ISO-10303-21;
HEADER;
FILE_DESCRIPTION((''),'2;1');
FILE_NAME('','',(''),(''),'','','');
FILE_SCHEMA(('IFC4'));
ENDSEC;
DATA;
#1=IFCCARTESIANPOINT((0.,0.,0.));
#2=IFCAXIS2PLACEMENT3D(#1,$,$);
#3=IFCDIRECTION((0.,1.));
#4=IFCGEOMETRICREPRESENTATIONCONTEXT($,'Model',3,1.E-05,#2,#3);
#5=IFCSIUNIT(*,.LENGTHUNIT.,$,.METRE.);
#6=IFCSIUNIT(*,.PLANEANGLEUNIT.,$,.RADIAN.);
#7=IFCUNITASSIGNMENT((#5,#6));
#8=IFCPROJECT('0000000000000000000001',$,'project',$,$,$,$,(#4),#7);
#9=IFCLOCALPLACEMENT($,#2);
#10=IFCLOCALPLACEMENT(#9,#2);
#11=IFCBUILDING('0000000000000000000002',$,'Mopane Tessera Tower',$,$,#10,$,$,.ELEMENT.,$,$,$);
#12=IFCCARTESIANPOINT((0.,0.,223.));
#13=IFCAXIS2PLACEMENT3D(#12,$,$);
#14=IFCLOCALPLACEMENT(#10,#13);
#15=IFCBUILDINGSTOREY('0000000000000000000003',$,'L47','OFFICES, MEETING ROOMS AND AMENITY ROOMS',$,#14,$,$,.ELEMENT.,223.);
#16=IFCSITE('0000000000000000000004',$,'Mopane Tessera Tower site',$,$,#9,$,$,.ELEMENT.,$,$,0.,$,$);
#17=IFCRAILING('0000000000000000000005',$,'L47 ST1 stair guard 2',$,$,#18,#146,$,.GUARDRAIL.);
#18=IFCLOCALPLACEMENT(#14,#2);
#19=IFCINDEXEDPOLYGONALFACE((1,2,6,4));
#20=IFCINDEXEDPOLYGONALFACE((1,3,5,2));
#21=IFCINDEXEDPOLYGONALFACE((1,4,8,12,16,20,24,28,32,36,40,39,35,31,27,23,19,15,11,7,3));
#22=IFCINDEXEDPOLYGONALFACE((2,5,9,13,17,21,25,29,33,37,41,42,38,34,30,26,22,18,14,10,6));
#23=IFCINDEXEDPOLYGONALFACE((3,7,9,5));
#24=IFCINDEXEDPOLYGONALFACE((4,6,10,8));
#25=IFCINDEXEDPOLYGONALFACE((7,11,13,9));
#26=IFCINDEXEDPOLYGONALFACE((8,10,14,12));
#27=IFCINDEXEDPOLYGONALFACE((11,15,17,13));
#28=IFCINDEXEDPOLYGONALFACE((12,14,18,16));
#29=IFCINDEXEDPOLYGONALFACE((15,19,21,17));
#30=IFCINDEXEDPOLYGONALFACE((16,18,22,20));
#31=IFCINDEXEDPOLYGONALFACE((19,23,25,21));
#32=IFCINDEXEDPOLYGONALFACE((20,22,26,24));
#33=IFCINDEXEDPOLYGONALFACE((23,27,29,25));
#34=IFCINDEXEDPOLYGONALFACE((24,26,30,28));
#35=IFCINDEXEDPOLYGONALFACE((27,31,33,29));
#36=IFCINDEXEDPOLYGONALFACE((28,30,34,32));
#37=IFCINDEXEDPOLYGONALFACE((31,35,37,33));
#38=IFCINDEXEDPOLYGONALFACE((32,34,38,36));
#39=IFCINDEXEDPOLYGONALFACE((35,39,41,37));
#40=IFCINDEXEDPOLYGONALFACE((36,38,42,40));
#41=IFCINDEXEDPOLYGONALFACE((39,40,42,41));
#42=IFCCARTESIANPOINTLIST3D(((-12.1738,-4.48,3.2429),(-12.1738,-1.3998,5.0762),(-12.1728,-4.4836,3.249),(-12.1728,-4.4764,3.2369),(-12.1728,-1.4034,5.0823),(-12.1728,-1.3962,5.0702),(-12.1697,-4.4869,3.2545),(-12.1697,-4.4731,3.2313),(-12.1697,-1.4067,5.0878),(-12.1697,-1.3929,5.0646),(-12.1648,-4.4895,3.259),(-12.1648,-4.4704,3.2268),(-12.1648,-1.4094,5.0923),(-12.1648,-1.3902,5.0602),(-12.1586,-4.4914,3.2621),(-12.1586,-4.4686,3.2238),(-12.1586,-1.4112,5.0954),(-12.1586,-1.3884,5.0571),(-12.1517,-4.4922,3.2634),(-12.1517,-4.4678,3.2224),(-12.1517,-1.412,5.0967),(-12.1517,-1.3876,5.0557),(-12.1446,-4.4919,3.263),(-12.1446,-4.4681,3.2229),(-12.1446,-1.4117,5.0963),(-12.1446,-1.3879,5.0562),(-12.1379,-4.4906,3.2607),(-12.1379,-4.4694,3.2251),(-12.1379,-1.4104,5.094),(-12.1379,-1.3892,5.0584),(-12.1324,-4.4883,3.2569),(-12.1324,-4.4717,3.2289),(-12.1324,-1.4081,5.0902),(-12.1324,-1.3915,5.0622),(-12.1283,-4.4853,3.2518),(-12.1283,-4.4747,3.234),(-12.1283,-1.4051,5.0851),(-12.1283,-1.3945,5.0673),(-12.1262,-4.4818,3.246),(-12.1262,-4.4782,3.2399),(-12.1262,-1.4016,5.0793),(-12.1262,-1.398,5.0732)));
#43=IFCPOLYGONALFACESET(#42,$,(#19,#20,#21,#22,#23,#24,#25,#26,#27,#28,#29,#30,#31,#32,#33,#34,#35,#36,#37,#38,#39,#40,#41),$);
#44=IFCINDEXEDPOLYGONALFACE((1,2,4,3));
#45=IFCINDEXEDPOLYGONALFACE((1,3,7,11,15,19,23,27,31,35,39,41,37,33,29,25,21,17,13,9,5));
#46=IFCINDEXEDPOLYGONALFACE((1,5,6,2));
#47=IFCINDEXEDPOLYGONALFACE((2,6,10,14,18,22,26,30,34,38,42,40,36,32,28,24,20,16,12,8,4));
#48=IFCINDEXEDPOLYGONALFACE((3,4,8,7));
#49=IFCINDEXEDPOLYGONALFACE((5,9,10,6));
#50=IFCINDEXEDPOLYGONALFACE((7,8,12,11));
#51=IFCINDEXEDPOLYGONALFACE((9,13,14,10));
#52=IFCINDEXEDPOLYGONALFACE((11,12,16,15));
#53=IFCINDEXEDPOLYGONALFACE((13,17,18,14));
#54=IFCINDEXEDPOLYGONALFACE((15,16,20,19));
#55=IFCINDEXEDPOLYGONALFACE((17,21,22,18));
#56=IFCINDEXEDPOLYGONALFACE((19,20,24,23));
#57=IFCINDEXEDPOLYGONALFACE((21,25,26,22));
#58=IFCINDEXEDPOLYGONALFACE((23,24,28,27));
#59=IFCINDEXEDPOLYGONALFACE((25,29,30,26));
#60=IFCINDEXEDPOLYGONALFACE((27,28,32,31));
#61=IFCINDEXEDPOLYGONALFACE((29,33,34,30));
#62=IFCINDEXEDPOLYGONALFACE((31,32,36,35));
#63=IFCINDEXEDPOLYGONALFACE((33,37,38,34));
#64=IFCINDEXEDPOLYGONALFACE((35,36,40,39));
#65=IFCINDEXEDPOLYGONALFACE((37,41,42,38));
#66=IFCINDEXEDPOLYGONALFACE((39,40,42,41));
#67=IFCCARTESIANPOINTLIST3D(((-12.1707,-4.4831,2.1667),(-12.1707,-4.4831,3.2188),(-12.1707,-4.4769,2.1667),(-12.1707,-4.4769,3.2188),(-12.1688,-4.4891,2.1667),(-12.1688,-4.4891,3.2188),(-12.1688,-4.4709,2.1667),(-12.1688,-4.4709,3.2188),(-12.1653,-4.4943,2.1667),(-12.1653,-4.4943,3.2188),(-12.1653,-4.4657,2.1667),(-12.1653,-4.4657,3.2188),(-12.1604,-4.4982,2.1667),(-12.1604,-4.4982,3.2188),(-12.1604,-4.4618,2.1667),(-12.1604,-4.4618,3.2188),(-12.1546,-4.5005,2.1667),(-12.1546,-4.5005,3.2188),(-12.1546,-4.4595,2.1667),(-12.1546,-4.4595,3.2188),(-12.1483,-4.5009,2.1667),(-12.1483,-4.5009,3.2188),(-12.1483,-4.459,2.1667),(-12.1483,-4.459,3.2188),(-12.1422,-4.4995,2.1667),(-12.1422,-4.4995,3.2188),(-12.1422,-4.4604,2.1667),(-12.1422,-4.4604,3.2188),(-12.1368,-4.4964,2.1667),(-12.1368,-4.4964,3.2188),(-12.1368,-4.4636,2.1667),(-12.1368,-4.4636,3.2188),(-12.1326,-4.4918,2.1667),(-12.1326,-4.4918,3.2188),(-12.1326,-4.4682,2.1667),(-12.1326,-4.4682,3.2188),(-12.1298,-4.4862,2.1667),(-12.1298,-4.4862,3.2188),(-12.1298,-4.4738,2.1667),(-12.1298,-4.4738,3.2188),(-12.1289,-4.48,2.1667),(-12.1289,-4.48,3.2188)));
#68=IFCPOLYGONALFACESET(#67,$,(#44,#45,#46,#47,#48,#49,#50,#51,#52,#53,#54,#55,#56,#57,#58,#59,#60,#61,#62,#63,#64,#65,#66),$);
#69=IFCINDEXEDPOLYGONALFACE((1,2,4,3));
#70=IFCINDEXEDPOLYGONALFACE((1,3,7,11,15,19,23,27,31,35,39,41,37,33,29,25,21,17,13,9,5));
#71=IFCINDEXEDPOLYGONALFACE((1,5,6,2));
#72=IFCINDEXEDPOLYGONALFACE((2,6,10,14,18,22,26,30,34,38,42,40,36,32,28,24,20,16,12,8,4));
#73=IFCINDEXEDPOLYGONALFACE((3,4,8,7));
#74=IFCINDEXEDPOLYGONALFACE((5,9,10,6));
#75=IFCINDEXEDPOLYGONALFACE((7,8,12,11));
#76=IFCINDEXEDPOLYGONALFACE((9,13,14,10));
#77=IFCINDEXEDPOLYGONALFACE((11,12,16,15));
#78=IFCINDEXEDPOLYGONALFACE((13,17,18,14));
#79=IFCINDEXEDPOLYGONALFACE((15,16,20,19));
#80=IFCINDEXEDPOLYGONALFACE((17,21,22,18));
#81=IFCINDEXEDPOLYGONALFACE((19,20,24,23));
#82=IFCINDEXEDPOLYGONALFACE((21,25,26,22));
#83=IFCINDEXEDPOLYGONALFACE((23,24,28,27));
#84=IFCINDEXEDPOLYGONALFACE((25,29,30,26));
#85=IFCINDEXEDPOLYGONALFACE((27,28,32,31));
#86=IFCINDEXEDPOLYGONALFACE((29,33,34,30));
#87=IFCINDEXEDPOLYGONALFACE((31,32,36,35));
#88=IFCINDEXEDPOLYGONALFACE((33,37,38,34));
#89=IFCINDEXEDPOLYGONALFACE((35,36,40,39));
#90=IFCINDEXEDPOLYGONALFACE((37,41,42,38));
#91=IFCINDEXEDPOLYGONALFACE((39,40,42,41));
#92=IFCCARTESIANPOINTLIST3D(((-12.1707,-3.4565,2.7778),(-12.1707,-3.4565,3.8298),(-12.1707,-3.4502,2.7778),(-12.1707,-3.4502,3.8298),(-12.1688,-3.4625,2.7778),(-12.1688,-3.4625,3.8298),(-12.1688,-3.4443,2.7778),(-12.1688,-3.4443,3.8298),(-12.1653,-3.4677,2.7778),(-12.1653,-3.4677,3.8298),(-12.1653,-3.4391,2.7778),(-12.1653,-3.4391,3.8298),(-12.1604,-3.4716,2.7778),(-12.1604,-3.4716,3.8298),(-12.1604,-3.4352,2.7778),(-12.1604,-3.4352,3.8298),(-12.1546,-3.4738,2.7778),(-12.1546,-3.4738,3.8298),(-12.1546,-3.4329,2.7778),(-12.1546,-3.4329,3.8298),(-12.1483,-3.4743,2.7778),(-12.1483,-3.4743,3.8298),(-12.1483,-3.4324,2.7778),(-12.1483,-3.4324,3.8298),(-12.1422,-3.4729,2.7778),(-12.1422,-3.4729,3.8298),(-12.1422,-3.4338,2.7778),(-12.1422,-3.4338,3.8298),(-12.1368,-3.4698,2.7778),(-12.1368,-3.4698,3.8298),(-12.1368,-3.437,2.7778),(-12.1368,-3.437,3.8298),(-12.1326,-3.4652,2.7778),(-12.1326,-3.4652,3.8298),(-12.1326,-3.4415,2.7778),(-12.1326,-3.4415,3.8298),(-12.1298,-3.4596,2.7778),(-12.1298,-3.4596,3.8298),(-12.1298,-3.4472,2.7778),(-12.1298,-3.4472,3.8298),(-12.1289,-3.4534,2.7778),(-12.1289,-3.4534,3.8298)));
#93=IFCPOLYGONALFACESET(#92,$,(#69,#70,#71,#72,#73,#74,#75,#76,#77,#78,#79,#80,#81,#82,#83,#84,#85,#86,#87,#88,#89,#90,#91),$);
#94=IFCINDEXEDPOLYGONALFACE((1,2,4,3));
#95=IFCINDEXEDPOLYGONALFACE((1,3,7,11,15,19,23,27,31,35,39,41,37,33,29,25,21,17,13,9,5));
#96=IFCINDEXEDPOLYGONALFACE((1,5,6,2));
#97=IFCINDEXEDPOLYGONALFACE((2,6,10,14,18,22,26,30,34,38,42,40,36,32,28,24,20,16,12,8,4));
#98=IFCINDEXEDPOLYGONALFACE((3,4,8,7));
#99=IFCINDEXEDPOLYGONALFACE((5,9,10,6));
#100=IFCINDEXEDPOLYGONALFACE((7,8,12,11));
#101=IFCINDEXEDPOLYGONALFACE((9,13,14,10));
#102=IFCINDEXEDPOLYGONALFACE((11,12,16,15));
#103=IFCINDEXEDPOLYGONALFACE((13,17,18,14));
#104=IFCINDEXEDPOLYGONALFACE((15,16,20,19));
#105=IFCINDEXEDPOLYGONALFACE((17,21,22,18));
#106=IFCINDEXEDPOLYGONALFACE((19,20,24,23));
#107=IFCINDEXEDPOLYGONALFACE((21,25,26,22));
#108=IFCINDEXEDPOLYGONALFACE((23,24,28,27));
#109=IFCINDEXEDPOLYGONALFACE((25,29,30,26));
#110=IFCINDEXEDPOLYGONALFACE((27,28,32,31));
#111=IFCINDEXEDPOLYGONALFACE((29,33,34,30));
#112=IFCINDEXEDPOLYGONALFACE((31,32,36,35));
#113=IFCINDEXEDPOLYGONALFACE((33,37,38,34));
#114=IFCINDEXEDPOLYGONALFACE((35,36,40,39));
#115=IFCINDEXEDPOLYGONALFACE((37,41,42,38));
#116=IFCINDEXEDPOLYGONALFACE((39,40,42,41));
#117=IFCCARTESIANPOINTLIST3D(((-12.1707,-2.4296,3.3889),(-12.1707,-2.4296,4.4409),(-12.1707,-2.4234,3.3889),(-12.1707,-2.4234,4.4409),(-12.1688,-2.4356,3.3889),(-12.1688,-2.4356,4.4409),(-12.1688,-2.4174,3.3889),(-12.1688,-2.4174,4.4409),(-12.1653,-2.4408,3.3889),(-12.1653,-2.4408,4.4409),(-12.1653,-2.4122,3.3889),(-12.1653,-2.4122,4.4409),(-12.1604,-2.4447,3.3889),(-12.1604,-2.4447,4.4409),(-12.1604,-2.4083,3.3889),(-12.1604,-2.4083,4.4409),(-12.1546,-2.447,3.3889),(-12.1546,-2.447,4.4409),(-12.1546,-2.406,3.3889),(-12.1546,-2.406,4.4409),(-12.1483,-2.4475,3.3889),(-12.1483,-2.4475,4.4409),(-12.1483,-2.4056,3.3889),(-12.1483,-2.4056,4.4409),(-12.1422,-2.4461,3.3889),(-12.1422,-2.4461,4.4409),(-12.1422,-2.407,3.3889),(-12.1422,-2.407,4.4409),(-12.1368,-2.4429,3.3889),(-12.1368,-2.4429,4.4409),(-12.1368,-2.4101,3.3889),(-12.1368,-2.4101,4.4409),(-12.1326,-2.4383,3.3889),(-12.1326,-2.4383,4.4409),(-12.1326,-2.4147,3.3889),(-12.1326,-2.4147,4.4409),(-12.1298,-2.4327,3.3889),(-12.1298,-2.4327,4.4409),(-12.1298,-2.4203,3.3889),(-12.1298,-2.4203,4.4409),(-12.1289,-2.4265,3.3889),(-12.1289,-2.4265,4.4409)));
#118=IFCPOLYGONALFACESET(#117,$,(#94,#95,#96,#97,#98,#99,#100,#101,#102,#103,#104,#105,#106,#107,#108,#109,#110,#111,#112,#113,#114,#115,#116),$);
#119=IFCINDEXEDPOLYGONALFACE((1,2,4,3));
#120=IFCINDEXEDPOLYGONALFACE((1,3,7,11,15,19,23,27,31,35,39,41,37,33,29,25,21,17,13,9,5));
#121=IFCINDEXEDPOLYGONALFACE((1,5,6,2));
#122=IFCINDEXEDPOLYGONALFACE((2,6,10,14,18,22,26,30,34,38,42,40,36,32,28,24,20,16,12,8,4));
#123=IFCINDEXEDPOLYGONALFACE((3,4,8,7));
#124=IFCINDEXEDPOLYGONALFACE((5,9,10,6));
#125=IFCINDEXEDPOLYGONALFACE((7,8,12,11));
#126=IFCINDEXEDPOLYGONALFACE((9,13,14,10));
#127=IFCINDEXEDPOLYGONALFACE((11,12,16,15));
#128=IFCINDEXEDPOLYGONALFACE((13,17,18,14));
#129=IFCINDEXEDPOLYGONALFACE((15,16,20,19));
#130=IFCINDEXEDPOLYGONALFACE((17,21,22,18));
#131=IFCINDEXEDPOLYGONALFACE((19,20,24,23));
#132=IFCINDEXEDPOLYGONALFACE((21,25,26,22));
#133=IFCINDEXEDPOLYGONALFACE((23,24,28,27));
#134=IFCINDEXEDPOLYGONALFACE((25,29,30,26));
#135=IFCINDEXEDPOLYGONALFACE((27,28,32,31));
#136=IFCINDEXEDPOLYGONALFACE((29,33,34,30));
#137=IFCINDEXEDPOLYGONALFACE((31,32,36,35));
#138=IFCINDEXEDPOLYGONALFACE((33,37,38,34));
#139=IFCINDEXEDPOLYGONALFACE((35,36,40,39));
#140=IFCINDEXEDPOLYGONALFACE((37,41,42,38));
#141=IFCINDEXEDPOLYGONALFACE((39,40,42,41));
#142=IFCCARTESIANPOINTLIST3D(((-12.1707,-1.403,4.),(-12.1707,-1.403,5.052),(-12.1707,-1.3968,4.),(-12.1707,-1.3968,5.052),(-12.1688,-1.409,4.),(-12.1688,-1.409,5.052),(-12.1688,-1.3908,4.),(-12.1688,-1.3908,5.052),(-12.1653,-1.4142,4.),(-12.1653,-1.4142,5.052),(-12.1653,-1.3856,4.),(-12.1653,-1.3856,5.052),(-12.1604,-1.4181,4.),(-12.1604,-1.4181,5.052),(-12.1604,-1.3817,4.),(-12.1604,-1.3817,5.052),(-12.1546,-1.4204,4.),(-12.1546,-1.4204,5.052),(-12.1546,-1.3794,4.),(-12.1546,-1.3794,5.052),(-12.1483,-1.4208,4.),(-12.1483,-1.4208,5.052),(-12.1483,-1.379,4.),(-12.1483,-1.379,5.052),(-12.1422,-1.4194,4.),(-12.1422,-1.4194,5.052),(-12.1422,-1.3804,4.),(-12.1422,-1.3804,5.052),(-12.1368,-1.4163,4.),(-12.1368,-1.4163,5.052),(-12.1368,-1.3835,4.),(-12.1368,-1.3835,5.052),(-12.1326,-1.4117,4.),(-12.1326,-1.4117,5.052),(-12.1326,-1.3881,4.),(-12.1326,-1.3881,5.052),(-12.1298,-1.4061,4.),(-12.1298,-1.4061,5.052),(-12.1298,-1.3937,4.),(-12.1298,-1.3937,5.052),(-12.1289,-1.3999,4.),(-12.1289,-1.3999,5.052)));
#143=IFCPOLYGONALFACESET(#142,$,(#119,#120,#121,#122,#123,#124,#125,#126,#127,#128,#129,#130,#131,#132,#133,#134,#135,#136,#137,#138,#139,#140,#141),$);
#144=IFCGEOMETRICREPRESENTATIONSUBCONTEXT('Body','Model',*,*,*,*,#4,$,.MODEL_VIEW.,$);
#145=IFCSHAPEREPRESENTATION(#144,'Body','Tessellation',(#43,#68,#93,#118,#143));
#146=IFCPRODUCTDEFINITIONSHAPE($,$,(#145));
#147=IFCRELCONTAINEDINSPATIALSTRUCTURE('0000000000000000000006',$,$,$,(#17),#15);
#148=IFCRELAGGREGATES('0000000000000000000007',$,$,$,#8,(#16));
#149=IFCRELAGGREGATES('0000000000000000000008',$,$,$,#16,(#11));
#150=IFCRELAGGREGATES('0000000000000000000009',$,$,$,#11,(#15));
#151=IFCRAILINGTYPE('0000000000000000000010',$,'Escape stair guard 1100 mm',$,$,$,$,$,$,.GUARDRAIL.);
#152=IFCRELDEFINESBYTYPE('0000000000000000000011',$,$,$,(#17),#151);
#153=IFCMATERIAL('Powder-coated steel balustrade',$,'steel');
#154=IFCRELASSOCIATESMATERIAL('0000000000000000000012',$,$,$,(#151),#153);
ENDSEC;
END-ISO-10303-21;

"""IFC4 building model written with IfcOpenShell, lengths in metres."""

from ifc_helpers import new_model, si_unit, direction, frame, origin, origin_2d, place, context, subcontext, project, spatial, circle, extrude, material, type_object, element, save


model = new_model("IFC4")

# Units and contexts
model_context = context("Model", 3, precision=1e-05, world=origin(), true_north=direction((0.0, 1.0)))
body_context = subcontext(model_context, "Body", "Model", "MODEL_VIEW")
ifc_project = project(units=[si_unit("LENGTHUNIT", "METRE"), si_unit("PLANEANGLEUNIT", "RADIAN")], contexts=[model_context])

# Site, building, storey
site_placement = place(None, origin())
site = spatial("IfcSite", under=ifc_project, at=site_placement, Name="Mopane Tessera Tower site", CompositionType="ELEMENT", RefElevation=0.0)
building_placement = place(site_placement, origin())
building = spatial("IfcBuilding", under=site, at=building_placement, Name="Mopane Tessera Tower", CompositionType="ELEMENT")
storey_placement = place(building_placement, frame((0.0, 0.0, 223.0)))
storey = spatial("IfcBuildingStorey", under=building, at=storey_placement, Name="L47", Description="OFFICES, MEETING ROOMS AND AMENITY ROOMS", CompositionType="ELEMENT", Elevation=223.0)

# Railing
ifc_material_1 = material(Name="Powder-coated steel balustrade", Category="steel")
railing_type_1 = type_object("IfcRailingType", Name="Escape stair guard 1100 mm", PredefinedType="GUARDRAIL", material=ifc_material_1)
railing_1_placement = place(storey_placement, frame((-12.1499, -4.48, 2.1667)))
element("IfcRailing", 1, at=railing_1_placement, inside=storey, type_object=railing_type_1, Name="L47 ST1 stair guard 2", PredefinedType="GUARDRAIL", context=body_context, shape_type="SweptSolid", body=[
    extrude(circle(Radius=0.0239, at=origin_2d()), frame((0.0, 0.0, 1.0762), z_axis=(0.0, 0.859309, 0.511458), x_axis=(-1.0, 0.0, 0.0)), (0.0, 0.0, 1.0), 3.5845),
    extrude(circle(Radius=0.021, at=origin_2d()), origin(), (0.0, 0.0, 1.0), 1.052),
    extrude(circle(Radius=0.021, at=origin_2d()), frame((0.0, 1.0266, 0.6111)), (0.0, 0.0, 1.0), 1.052),
    extrude(circle(Radius=0.021, at=origin_2d()), frame((0.0, 2.0535, 1.2222)), (0.0, 0.0, 1.0), 1.052),
    extrude(circle(Radius=0.021, at=origin_2d()), frame((0.0, 3.0801, 1.8333)), (0.0, 0.0, 1.0), 1.052),
])

save(model, "model.ifc")
